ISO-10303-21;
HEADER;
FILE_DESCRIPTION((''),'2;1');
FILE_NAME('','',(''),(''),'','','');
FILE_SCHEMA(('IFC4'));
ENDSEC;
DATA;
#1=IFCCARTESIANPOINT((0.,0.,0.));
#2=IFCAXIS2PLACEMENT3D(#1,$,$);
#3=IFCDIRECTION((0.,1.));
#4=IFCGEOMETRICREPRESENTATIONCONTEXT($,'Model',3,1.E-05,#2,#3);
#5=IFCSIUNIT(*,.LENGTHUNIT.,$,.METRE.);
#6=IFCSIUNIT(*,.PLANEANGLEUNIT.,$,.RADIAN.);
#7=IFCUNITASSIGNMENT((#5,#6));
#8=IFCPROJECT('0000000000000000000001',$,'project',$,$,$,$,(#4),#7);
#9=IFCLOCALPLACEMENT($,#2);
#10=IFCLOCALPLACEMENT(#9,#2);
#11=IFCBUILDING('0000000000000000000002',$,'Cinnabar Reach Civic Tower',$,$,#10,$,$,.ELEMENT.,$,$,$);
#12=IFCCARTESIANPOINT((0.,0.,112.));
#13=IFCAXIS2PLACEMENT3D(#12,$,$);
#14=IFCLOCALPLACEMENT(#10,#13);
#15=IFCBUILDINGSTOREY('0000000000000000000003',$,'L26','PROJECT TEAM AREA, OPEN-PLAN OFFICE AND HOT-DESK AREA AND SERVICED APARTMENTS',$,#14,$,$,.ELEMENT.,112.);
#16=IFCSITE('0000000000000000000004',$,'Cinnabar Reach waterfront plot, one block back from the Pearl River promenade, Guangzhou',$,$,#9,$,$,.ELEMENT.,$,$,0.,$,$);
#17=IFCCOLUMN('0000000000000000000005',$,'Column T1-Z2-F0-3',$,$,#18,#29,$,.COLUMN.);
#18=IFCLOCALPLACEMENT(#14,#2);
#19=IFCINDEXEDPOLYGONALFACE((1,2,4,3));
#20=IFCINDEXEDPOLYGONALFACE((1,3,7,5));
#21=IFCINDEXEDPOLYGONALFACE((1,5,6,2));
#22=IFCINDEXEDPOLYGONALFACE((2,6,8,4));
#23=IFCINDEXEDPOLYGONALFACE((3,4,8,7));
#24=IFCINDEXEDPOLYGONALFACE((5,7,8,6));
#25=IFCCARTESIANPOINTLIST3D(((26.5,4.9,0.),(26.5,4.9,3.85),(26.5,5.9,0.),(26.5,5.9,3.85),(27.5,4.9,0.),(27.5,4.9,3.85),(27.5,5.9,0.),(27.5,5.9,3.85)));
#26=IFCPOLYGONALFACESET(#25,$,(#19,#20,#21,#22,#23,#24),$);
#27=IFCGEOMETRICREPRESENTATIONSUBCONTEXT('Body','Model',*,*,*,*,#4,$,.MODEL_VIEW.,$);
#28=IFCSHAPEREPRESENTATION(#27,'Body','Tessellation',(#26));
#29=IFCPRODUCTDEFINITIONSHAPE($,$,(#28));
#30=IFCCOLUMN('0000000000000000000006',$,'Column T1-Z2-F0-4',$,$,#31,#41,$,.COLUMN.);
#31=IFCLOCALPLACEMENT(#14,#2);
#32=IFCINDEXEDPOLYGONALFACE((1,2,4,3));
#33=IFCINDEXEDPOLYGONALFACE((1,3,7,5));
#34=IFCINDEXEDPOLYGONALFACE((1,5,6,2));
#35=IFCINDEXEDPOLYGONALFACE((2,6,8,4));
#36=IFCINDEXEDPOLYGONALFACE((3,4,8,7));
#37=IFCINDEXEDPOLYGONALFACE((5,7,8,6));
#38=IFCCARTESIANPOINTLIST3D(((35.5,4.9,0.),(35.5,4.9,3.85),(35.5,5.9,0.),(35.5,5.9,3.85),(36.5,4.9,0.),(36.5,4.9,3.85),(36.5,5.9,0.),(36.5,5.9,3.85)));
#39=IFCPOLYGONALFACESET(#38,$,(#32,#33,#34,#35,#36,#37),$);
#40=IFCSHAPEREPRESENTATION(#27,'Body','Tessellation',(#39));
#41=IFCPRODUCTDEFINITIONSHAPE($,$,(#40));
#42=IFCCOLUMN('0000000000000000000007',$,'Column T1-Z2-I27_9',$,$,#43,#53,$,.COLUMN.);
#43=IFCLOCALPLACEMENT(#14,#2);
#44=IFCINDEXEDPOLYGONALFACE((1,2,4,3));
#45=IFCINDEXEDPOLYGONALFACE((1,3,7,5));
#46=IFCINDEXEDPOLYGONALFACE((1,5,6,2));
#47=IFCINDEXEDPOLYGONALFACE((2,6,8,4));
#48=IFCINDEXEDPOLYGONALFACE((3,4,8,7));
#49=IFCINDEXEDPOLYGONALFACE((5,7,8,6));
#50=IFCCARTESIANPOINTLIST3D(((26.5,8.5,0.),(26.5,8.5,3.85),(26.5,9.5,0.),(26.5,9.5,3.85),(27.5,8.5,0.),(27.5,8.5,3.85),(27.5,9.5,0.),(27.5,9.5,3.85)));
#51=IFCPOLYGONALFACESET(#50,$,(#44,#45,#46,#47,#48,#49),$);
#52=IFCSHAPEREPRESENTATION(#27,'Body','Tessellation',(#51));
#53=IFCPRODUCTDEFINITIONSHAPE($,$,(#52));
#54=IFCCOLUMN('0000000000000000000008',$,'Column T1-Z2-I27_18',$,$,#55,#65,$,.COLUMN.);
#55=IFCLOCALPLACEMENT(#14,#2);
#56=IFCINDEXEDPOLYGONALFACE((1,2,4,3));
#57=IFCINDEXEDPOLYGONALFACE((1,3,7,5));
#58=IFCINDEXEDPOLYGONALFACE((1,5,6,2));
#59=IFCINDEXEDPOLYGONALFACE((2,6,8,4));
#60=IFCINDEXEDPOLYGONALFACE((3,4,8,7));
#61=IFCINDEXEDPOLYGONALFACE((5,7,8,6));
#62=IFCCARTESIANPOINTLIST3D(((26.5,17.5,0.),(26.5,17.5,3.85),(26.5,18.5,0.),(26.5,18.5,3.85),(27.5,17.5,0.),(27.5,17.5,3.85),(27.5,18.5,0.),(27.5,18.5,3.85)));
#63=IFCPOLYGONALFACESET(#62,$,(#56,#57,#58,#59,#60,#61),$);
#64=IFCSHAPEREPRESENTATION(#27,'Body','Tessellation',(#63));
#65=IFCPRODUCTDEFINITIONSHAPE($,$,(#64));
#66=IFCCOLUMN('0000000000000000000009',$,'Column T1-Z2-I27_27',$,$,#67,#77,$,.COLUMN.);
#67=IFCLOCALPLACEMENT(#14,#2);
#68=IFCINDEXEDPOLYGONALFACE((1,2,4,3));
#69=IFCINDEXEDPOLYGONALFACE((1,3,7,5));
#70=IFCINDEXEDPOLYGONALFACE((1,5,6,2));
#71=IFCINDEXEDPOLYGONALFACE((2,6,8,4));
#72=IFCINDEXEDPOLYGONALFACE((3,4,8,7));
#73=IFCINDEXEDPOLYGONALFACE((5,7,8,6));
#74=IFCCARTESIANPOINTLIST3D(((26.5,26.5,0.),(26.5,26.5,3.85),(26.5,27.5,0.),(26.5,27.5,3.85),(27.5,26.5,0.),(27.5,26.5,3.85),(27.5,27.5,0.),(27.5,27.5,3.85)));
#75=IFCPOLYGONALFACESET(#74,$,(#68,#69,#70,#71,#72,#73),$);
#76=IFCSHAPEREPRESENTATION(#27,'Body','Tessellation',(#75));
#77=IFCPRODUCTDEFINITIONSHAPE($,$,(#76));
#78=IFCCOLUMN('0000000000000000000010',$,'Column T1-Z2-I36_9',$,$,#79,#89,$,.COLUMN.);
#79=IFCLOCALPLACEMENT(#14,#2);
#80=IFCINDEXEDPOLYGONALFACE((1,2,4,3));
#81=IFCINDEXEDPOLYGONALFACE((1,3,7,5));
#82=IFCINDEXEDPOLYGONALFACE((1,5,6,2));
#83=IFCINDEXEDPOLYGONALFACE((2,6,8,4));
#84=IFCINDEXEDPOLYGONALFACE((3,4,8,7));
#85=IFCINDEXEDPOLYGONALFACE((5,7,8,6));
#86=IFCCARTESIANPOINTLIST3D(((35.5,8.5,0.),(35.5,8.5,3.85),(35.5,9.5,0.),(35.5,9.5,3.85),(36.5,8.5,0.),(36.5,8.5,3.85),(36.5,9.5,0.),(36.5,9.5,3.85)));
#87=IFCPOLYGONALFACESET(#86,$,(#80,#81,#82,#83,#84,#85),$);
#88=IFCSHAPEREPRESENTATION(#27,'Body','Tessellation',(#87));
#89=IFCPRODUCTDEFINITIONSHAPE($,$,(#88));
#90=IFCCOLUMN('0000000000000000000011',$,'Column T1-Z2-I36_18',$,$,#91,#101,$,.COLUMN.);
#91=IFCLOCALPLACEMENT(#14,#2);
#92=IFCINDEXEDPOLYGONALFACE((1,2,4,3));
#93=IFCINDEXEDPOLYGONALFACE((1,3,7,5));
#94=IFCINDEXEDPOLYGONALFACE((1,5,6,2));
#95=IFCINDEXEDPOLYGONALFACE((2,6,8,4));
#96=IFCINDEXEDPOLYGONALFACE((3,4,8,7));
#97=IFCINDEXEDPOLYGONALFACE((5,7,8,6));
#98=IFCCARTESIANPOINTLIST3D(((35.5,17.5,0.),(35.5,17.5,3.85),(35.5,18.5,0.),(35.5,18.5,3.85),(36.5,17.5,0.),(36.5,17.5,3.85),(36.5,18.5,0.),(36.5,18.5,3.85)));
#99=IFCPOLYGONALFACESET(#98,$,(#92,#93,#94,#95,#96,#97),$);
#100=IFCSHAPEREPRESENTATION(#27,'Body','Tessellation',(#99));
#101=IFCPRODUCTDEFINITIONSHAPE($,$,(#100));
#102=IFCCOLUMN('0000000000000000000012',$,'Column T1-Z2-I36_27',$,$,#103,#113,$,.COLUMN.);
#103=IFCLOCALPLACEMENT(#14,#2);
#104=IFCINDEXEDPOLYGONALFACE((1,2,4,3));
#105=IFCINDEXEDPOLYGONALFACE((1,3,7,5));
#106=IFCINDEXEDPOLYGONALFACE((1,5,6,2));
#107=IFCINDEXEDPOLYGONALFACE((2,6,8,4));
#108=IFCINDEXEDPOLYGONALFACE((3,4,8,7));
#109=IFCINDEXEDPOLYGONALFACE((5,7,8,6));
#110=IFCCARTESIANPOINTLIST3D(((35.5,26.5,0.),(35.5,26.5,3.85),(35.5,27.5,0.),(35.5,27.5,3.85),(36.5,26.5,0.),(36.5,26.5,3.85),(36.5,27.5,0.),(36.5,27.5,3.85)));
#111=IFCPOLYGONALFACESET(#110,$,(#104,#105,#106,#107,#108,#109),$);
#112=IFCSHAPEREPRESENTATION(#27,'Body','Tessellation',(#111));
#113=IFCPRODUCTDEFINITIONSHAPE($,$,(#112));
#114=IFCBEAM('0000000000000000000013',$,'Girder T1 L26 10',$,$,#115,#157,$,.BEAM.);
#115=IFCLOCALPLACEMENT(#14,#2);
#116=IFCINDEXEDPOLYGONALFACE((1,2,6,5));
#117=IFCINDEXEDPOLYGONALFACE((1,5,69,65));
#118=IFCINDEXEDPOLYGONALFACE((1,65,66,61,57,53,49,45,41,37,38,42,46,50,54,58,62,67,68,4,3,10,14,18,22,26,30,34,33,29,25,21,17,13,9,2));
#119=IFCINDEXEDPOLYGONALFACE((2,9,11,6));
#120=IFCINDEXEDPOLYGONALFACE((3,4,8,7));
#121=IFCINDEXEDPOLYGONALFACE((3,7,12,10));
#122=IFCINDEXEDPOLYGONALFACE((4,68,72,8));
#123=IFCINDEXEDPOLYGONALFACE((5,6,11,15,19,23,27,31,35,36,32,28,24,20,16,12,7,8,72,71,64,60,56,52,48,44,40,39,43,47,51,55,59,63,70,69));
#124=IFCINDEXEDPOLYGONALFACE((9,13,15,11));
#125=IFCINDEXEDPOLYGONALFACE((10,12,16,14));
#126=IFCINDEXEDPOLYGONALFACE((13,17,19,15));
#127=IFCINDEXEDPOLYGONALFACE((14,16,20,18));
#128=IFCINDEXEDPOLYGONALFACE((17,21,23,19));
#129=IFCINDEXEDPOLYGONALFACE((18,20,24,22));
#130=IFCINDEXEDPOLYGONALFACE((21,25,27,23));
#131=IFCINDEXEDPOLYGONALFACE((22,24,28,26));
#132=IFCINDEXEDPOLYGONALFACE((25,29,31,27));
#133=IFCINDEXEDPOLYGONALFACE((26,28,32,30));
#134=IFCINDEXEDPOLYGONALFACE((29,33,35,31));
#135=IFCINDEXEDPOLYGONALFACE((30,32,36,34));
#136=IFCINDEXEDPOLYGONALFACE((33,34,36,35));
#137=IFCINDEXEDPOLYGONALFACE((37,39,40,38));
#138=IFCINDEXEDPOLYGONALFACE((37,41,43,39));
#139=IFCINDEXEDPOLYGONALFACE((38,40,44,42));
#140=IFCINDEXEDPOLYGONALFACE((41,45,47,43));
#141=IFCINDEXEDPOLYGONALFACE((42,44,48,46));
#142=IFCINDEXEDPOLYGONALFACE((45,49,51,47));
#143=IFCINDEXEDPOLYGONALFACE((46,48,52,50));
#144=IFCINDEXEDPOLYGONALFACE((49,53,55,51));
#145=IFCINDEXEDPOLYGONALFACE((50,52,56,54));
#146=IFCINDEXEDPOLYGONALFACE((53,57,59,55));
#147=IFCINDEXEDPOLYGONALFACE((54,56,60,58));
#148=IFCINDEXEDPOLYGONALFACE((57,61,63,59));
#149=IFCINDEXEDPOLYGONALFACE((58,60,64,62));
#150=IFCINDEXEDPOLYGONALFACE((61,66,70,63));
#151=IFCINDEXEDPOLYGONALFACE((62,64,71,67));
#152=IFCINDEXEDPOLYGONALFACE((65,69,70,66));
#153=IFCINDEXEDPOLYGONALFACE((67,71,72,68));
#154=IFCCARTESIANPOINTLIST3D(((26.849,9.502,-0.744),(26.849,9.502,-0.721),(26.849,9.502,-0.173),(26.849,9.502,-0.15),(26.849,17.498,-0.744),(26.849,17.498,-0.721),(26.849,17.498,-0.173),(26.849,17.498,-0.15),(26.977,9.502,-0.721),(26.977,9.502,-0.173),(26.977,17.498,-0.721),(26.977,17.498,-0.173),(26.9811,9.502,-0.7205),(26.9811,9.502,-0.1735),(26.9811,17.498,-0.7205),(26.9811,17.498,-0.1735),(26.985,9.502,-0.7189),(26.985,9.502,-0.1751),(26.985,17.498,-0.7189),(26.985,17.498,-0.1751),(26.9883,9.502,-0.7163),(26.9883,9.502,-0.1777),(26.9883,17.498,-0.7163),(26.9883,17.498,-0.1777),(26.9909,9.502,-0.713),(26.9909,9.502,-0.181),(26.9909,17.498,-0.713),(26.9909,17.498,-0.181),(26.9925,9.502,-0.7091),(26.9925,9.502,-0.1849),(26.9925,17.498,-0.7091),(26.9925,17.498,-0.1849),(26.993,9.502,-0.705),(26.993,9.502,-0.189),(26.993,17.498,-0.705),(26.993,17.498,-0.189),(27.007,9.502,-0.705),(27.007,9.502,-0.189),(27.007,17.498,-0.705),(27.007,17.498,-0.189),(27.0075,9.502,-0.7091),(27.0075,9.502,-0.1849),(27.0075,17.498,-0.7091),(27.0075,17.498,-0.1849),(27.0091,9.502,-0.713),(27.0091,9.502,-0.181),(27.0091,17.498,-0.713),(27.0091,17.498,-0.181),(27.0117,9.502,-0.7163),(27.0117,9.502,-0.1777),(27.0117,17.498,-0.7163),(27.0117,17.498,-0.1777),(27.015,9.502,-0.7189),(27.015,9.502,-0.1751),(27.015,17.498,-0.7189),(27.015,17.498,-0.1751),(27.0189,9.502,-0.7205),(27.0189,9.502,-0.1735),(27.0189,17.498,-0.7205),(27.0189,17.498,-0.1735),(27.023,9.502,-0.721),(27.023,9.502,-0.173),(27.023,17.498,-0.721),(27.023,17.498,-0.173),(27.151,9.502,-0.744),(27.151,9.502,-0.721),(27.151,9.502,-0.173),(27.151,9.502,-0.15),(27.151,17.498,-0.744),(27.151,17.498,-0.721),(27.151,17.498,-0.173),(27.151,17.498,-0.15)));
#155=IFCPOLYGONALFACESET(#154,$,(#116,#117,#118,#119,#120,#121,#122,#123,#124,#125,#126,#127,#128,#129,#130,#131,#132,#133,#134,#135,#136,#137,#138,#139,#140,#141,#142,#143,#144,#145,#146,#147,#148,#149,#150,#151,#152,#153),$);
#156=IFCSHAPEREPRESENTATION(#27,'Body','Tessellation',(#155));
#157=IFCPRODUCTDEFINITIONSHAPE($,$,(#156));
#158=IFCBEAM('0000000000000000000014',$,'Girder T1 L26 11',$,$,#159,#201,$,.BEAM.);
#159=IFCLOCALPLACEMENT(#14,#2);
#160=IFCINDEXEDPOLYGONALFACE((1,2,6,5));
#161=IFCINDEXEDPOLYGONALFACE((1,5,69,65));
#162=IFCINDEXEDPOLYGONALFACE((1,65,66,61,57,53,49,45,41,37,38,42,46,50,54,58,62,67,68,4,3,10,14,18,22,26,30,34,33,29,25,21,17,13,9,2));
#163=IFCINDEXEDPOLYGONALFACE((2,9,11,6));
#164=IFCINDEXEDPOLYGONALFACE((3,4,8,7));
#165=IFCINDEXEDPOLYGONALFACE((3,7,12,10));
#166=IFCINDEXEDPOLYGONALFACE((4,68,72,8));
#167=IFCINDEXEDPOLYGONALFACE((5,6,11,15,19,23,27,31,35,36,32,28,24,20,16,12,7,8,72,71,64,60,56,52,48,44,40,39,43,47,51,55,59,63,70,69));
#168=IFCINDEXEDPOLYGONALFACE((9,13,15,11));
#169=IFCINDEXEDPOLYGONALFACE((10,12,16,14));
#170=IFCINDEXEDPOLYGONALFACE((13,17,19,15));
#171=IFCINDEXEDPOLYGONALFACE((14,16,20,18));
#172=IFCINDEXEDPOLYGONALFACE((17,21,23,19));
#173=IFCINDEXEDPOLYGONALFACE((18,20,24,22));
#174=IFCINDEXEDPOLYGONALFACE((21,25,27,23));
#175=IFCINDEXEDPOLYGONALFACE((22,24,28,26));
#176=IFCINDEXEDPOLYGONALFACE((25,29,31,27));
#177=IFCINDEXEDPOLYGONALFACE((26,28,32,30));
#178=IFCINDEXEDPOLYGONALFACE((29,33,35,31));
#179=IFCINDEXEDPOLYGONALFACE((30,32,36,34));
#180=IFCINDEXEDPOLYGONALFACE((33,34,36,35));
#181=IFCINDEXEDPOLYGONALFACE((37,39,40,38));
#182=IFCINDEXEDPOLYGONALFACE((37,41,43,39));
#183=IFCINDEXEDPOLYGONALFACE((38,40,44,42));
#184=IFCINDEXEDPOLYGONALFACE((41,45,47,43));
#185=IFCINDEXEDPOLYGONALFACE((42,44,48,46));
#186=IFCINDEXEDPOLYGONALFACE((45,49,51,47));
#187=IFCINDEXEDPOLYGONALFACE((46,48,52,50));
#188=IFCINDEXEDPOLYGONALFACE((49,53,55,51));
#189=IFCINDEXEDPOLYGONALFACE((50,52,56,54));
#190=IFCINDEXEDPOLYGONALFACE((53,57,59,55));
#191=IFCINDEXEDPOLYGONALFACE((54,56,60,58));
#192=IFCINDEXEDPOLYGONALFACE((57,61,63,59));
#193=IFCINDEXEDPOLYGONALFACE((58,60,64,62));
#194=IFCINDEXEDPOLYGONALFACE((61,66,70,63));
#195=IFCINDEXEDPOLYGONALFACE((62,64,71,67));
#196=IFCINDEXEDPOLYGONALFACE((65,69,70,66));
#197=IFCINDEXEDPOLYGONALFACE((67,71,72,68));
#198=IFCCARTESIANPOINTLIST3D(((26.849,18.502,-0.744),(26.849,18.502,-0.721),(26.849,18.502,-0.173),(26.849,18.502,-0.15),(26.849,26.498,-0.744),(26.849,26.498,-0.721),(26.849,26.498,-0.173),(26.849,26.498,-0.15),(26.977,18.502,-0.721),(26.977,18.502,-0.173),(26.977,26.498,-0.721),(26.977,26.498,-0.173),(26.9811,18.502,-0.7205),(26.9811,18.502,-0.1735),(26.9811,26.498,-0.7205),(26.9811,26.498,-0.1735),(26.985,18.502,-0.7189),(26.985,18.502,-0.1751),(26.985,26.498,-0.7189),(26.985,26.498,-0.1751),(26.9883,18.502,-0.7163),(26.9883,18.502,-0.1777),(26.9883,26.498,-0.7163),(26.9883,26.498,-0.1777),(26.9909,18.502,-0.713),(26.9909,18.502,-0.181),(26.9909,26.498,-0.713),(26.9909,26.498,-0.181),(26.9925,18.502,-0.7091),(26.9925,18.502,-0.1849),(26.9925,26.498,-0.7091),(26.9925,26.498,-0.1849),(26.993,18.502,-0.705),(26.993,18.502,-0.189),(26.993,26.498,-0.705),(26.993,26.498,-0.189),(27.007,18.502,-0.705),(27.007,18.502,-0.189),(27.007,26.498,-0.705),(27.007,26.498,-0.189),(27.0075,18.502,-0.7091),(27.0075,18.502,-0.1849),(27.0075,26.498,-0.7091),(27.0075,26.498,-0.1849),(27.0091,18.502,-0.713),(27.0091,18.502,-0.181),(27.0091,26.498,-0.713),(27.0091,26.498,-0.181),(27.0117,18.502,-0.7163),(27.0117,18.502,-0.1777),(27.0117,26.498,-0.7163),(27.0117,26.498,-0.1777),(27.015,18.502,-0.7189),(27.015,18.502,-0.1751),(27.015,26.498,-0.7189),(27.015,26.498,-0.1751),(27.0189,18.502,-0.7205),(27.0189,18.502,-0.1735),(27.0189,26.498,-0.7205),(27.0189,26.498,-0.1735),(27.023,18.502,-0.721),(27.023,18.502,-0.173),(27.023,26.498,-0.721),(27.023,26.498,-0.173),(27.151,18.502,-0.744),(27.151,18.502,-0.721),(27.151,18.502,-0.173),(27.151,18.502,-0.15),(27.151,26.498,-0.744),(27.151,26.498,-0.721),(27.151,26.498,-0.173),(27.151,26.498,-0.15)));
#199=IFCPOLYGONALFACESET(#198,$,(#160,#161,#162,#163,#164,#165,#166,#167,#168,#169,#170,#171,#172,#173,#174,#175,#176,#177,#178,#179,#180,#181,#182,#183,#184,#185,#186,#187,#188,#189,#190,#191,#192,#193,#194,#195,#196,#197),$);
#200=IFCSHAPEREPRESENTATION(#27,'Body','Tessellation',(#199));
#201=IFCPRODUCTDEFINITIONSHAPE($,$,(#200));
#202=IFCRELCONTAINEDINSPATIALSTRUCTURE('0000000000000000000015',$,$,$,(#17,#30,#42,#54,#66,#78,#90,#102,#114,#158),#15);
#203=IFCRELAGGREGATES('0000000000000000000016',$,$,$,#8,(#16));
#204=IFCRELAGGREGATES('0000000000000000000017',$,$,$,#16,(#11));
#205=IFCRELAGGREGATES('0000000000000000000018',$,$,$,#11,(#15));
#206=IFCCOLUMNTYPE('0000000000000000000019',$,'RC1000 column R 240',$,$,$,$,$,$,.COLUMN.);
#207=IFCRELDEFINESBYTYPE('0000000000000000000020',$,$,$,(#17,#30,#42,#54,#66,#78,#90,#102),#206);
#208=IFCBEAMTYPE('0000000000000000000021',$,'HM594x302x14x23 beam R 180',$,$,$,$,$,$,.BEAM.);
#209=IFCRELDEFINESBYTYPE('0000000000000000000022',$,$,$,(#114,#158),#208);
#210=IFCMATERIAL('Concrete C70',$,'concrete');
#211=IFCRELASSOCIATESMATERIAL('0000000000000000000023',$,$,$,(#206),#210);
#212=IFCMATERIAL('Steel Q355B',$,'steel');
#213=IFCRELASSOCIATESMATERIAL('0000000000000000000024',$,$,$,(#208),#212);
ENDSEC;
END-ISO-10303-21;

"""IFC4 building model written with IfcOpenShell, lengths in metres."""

from ifc_helpers import new_model, si_unit, direction, frame, origin, origin_2d, place, context, subcontext, project, spatial, rectangle, i_section, extrude, material, material_profile, profile_set, type_object, element, save


model = new_model("IFC4")

# Units and contexts
model_context = context("Model", 3, precision=1e-05, world=origin(), true_north=direction((0.0, 1.0)))
body_context = subcontext(model_context, "Body", "Model", "MODEL_VIEW")
ifc_project = project(units=[si_unit("LENGTHUNIT", "METRE"), si_unit("PLANEANGLEUNIT", "RADIAN")], contexts=[model_context])

# Site, building, storey
site_placement = place(None, origin())
site = spatial("IfcSite", under=ifc_project, at=site_placement, Name="Cinnabar Reach waterfront plot, one block back from the Pearl River promenade, Guangzhou", CompositionType="ELEMENT", RefElevation=0.0)
building_placement = place(site_placement, origin())
building = spatial("IfcBuilding", under=site, at=building_placement, Name="Cinnabar Reach Civic Tower", CompositionType="ELEMENT")
storey_placement = place(building_placement, frame((0.0, 0.0, 112.0)))
storey = spatial("IfcBuildingStorey", under=building, at=storey_placement, Name="L26", Description="PROJECT TEAM AREA, OPEN-PLAN OFFICE AND HOT-DESK AREA AND SERVICED APARTMENTS", CompositionType="ELEMENT", Elevation=112.0)

# Columns
ifc_material_1 = material(Name="Concrete C70", Category="concrete")
ifc_material_profile_1 = material_profile(ifc_material_1, rectangle(XDim=1.0, YDim=1.0, at=origin_2d()), Name="RC1000")
ifc_profile_set_1 = profile_set([ifc_material_profile_1], Name="Concrete C70")
column_type = type_object("IfcColumnType", Name="RC1000 column R 240", PredefinedType="COLUMN", material=ifc_profile_set_1)
for number, where, z_axis, x_axis, name in (
    (1, (27.0, 5.4, 0.0), (0.0, 0.0, 1.0), (1.0, 0.0, 0.0), "Column T1-Z2-F0-3"),
    (2, (36.0, 5.4, 0.0), (0.0, 0.0, 1.0), (1.0, 0.0, 0.0), "Column T1-Z2-F0-4"),
    (3, (27.0, 9.0, 0.0), (0.0, 0.0, 1.0), (1.0, 0.0, 0.0), "Column T1-Z2-I27_9"),
    (4, (27.0, 18.0, 0.0), (0.0, 0.0, 1.0), (1.0, 0.0, 0.0), "Column T1-Z2-I27_18"),
    (5, (27.0, 27.0, 0.0), (0.0, 0.0, 1.0), (1.0, 0.0, 0.0), "Column T1-Z2-I27_27"),
    (6, (36.0, 9.0, 0.0), (0.0, 0.0, 1.0), (1.0, 0.0, 0.0), "Column T1-Z2-I36_9"),
    (7, (36.0, 18.0, 0.0), (0.0, 0.0, 1.0), (1.0, 0.0, 0.0), "Column T1-Z2-I36_18"),
    (8, (36.0, 27.0, 0.0), (0.0, 0.0, 1.0), (1.0, 0.0, 0.0), "Column T1-Z2-I36_27"),
):
    element("IfcColumn", number, at=place(storey_placement, frame(where, z_axis=z_axis, x_axis=x_axis)), inside=storey, type_object=column_type, Name=name, PredefinedType="COLUMN", context=body_context, shape_type="SweptSolid", body=[
        extrude(rectangle(XDim=1.0, YDim=1.0, at=origin_2d()), origin(), (0.0, 0.0, 1.0), 3.85),
    ])

# Beams
ifc_material_2 = material(Name="Steel Q355B", Category="steel")
ifc_material_profile_2 = material_profile(ifc_material_2, i_section(OverallWidth=0.302, OverallDepth=0.594, WebThickness=0.014, FlangeThickness=0.023, FilletRadius=0.016, at=origin_2d()), Name="HM594x302x14x23")
ifc_profile_set_2 = profile_set([ifc_material_profile_2], Name="Steel Q355B")
beam_type_1 = type_object("IfcBeamType", Name="HM594x302x14x23 beam R 180", PredefinedType="BEAM", material=ifc_profile_set_2)
for number, where, z_axis, x_axis, name in (
    (9, (27.0, 9.502, -0.447), (0.0, 1.0, 0.0), (-1.0, 0.0, 0.0), "Girder T1 L26 10"),
    (10, (27.0, 18.502, -0.447), (0.0, 1.0, 0.0), (-1.0, 0.0, 0.0), "Girder T1 L26 11"),
):
    element("IfcBeam", number, at=place(storey_placement, frame(where, z_axis=z_axis, x_axis=x_axis)), inside=storey, type_object=beam_type_1, Name=name, PredefinedType="BEAM", context=body_context, shape_type="SweptSolid", body=[
        extrude(i_section(OverallWidth=0.302, OverallDepth=0.594, WebThickness=0.014, FlangeThickness=0.023, FilletRadius=0.016, at=origin_2d()), origin(), (0.0, 0.0, 1.0), 7.996),
    ])

save(model, "model.ifc")
